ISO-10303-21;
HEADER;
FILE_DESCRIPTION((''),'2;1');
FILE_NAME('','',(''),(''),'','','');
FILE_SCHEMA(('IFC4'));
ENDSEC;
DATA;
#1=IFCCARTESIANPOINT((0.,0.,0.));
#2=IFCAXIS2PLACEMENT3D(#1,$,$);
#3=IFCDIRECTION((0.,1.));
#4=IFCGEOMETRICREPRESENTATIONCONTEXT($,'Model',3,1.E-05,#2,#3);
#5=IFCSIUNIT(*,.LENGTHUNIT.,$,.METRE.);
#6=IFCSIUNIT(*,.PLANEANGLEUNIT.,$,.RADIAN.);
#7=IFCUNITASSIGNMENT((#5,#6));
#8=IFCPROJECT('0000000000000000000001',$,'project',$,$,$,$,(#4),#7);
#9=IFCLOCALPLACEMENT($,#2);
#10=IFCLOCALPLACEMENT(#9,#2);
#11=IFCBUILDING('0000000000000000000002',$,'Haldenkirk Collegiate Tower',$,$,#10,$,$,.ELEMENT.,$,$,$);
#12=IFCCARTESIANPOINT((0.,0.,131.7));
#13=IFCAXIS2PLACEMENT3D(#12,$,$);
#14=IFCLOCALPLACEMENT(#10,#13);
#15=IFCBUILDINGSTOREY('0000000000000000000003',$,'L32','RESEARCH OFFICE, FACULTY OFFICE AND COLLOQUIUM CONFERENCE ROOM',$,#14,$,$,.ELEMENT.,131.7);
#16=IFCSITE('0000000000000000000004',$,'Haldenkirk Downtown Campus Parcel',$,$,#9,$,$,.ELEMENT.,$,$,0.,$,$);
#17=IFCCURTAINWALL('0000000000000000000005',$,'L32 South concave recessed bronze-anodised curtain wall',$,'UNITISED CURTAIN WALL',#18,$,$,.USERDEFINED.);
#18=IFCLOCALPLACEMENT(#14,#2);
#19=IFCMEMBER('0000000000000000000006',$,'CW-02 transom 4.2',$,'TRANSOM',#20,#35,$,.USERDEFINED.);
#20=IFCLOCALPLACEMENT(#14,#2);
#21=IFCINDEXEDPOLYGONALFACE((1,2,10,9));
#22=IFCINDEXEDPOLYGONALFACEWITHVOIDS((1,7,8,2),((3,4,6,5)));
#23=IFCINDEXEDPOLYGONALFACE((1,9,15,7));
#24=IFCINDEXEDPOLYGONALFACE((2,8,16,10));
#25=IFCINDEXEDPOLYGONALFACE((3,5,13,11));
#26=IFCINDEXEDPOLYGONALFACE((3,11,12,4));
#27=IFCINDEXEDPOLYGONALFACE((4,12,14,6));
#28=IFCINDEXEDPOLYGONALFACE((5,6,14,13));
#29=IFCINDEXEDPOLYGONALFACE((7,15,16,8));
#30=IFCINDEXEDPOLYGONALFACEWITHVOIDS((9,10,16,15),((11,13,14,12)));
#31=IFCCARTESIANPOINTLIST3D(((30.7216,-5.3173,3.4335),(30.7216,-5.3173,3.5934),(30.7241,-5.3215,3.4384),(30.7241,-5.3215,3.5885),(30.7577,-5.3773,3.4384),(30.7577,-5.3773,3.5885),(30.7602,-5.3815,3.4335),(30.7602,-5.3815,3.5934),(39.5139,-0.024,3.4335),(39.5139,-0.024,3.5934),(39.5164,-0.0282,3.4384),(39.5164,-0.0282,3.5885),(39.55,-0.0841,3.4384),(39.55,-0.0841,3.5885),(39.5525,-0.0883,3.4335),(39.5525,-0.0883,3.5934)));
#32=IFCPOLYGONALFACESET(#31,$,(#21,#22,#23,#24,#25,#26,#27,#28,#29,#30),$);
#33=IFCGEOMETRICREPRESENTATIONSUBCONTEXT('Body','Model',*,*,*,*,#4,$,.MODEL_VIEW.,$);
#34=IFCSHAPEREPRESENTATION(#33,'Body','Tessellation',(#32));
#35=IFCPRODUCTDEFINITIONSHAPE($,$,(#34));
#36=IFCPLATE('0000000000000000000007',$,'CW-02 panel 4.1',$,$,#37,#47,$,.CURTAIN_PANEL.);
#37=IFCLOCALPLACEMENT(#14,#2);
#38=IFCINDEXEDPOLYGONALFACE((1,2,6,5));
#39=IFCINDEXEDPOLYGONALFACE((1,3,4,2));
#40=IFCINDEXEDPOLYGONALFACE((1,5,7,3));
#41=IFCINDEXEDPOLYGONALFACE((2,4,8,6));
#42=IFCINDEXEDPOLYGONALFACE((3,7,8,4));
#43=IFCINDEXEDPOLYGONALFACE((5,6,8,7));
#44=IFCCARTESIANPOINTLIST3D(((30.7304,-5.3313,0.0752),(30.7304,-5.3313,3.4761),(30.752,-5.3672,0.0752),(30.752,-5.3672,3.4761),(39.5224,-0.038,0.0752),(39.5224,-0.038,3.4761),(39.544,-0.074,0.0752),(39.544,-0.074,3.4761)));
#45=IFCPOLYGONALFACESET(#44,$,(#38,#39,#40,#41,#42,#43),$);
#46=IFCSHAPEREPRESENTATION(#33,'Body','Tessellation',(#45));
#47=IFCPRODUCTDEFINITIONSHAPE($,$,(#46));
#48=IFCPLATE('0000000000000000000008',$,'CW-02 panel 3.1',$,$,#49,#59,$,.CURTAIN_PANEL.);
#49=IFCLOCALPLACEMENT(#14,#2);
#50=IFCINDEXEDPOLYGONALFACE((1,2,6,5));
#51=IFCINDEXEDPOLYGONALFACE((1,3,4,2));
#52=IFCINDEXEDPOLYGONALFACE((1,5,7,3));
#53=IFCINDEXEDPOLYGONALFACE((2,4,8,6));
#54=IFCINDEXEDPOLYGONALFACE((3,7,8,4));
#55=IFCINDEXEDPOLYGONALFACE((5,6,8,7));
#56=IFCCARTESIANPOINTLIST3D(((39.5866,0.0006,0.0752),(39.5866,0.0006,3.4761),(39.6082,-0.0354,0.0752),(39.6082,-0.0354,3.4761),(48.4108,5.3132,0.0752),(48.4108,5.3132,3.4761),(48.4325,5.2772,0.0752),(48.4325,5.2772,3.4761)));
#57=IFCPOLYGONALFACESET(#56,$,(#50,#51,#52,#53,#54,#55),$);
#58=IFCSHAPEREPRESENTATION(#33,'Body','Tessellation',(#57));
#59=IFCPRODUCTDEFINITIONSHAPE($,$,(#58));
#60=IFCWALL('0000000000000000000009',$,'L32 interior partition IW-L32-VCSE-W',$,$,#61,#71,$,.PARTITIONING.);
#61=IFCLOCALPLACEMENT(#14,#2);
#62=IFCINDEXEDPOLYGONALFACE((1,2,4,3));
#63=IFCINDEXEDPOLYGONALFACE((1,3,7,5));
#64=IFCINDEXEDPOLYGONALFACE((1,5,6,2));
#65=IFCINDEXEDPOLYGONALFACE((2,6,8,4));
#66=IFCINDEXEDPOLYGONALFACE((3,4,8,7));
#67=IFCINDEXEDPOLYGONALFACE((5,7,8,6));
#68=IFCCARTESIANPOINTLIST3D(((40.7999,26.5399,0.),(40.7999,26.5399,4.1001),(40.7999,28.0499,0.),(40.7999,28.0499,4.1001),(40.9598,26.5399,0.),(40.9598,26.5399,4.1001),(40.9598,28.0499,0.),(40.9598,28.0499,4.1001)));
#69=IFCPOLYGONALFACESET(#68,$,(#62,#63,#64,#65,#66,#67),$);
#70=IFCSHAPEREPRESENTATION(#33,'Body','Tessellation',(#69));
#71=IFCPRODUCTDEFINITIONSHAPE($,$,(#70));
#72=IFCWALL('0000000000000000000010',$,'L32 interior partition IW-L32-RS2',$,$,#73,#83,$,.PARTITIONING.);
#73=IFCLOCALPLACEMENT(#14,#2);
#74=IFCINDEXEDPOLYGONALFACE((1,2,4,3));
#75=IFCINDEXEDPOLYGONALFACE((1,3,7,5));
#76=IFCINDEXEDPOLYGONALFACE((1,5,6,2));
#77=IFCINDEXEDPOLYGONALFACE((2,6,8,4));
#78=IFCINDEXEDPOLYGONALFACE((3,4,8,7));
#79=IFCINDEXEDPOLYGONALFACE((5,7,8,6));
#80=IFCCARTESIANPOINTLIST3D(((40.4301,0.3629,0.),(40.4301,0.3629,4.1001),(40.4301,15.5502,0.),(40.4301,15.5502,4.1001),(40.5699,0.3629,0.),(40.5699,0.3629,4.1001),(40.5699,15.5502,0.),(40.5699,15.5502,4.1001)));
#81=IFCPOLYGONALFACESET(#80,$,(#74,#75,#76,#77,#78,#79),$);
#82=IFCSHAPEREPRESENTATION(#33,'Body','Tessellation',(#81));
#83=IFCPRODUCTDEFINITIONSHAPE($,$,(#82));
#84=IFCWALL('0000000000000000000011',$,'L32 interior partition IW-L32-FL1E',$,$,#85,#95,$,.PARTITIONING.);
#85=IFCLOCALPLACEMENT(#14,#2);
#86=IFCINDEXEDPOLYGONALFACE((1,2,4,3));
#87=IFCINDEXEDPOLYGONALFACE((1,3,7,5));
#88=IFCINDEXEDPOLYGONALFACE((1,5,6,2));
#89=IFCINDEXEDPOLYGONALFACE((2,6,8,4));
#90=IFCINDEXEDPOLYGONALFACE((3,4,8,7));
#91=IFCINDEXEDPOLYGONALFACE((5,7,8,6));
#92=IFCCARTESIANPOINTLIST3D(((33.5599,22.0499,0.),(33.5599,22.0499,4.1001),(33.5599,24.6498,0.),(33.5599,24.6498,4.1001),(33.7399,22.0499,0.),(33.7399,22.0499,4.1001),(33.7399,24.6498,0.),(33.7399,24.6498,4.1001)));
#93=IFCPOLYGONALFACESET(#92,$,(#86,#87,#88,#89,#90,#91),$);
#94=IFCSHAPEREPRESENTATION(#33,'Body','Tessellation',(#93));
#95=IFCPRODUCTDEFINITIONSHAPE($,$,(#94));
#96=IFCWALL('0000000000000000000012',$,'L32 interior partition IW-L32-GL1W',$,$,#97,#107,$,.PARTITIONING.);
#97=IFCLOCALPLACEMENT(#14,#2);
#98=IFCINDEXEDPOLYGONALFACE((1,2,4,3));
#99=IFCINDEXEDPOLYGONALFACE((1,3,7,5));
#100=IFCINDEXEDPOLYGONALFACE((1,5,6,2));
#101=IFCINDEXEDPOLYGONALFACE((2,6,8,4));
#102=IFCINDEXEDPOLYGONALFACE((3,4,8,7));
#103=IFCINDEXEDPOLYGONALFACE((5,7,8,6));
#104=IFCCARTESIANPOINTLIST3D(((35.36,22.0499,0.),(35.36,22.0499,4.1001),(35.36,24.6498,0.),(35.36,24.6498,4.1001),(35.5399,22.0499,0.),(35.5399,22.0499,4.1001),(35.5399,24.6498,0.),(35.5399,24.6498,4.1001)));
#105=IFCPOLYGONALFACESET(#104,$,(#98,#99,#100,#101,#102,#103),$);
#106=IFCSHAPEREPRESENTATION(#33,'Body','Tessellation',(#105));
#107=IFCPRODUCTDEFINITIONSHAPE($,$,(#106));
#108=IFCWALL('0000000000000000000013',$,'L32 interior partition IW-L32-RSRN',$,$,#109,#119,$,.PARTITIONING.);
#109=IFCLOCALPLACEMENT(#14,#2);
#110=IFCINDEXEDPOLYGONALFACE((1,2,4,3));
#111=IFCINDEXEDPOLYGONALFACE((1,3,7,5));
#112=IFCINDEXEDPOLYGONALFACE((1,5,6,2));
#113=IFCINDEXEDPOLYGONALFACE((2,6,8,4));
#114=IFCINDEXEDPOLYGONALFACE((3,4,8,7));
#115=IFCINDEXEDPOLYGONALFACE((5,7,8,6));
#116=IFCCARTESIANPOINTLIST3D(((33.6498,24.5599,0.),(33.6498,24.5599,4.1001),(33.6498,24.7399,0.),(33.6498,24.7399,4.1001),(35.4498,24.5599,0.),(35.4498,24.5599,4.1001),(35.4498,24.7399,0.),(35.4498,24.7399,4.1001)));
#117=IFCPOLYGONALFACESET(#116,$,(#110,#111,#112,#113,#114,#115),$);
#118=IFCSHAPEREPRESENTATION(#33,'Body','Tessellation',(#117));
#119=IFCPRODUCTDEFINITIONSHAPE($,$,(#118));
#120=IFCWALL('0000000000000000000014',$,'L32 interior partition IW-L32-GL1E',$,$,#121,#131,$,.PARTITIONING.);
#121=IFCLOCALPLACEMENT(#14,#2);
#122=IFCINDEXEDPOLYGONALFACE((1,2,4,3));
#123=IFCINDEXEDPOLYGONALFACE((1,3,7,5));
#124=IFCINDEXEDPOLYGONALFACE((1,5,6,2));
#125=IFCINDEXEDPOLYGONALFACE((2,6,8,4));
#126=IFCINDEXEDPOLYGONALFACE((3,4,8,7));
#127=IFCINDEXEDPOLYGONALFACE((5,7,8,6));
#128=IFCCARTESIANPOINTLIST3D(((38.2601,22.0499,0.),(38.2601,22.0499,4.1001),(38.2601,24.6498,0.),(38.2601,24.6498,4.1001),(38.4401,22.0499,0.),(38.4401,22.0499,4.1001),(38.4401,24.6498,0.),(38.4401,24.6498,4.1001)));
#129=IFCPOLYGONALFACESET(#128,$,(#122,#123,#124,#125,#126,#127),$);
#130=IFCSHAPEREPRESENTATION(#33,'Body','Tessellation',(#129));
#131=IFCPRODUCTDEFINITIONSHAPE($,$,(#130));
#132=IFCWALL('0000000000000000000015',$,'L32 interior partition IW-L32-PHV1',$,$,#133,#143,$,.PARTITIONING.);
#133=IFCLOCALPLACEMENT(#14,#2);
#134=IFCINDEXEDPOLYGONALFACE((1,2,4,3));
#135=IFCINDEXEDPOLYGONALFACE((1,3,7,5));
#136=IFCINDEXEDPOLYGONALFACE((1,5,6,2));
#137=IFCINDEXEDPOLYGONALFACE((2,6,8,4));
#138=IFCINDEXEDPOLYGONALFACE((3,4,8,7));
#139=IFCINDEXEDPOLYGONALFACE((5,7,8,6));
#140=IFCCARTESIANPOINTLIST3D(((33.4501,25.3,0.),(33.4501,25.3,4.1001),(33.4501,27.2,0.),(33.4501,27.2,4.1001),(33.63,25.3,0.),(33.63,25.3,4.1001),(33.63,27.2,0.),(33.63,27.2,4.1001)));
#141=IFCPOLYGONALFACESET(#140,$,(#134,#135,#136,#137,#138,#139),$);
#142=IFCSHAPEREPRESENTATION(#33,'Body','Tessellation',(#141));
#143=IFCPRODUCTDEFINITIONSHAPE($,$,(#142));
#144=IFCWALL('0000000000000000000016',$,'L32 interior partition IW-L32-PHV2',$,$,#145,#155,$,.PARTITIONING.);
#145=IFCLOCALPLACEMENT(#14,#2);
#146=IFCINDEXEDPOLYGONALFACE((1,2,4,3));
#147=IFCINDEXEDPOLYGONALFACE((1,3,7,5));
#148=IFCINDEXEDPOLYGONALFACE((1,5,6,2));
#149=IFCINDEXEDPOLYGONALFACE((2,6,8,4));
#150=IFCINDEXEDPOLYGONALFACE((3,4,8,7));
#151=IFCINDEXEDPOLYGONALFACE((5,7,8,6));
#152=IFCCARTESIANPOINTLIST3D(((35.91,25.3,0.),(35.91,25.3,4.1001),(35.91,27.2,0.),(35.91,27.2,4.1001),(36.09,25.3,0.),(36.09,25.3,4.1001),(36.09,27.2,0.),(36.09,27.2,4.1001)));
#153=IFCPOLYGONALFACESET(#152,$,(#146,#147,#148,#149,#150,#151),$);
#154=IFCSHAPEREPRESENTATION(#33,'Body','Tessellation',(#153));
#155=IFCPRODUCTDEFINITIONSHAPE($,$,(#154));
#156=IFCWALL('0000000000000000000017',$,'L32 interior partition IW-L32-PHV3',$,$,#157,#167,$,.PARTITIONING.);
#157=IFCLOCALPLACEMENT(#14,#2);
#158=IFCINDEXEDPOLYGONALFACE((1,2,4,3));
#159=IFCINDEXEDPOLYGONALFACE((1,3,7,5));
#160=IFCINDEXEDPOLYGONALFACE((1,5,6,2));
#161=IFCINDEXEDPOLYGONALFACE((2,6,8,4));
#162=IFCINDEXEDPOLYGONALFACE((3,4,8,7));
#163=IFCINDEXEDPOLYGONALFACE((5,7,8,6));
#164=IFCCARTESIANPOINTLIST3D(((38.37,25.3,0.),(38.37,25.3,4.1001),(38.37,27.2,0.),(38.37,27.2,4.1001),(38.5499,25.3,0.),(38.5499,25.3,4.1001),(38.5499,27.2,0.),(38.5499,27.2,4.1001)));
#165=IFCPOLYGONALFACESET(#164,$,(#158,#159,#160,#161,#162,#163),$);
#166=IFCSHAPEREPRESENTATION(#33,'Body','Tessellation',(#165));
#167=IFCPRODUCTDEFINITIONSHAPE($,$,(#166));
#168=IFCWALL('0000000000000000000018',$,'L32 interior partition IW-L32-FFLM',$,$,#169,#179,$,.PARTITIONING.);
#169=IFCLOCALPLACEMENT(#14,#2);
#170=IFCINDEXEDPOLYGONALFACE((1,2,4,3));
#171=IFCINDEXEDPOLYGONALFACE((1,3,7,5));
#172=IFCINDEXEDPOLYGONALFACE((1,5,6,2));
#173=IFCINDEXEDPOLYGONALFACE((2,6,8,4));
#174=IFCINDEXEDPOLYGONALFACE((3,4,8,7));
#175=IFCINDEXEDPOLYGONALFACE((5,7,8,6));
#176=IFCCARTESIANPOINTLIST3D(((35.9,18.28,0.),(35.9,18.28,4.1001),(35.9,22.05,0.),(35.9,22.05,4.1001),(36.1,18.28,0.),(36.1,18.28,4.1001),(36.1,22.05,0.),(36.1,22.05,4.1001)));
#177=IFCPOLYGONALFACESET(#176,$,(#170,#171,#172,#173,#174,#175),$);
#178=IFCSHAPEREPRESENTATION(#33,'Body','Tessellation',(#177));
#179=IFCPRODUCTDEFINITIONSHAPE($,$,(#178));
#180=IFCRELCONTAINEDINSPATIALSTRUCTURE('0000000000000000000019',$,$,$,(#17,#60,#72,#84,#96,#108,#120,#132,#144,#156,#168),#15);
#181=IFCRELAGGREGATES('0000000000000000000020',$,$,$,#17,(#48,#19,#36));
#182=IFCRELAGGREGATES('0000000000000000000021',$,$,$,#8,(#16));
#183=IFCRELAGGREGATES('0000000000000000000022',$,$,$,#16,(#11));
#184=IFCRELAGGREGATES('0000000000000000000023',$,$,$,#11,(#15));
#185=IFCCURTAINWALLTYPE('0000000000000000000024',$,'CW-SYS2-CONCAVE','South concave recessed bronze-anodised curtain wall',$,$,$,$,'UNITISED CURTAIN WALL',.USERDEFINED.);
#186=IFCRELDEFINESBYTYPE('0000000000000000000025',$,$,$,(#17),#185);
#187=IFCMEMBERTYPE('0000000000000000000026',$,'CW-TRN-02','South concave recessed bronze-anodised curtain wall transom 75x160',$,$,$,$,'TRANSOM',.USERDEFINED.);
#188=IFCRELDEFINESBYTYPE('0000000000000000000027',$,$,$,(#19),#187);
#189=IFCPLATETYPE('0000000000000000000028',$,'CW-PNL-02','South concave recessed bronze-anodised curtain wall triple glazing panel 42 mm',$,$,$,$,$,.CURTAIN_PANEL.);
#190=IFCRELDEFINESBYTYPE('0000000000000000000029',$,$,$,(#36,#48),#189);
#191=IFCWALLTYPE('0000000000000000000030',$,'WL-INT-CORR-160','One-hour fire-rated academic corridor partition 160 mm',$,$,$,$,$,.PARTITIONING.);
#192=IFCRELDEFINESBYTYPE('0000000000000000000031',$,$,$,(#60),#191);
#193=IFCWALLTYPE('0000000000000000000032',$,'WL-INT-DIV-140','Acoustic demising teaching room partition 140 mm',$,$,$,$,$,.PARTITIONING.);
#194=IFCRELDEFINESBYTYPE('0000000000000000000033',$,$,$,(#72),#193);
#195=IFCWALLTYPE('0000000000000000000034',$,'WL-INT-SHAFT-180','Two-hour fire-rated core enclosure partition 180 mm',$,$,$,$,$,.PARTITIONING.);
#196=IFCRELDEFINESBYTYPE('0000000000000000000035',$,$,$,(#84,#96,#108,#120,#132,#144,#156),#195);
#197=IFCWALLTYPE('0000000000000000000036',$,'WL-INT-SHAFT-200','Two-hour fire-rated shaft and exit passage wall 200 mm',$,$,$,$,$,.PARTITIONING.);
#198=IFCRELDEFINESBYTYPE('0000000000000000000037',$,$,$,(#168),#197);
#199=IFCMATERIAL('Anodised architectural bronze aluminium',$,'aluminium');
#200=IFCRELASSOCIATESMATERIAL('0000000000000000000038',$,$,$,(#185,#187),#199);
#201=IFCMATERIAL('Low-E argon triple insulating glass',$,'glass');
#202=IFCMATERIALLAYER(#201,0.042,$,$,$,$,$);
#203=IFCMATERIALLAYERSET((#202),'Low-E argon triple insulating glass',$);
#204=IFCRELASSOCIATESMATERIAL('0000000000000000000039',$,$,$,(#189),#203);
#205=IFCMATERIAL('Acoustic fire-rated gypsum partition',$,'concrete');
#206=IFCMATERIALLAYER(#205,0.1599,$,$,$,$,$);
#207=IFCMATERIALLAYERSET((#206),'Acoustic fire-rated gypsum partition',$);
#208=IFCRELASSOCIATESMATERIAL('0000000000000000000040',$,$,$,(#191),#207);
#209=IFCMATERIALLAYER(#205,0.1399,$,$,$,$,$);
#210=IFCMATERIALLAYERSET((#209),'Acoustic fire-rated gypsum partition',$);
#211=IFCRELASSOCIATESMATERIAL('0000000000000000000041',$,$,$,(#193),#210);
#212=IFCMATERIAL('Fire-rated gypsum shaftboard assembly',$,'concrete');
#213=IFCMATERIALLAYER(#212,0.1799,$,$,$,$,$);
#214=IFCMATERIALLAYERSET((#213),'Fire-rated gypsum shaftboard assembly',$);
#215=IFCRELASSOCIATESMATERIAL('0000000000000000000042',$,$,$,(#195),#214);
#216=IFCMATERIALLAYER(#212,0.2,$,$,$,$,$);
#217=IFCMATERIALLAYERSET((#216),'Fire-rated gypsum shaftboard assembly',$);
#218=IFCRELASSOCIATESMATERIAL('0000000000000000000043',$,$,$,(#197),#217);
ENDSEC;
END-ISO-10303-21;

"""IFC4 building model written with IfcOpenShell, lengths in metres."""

from ifc_helpers import new_model, si_unit, direction, frame, frame_2d, origin, origin_2d, place, context, subcontext, project, spatial, rectangle, hollow_rectangle, extrude, source, transform, mapped, material, layer, layer_set, material_profile, profile_set, type_object, element, aggregate, save


model = new_model("IFC4")

# Units and contexts
model_context = context("Model", 3, precision=1e-05, world=origin(), true_north=direction((0.0, 1.0)))
body_context = subcontext(model_context, "Body", "Model", "MODEL_VIEW")
ifc_project = project(units=[si_unit("LENGTHUNIT", "METRE"), si_unit("PLANEANGLEUNIT", "RADIAN")], contexts=[model_context])

# Site, building, storey
site_placement = place(None, origin())
site = spatial("IfcSite", under=ifc_project, at=site_placement, Name="Haldenkirk Downtown Campus Parcel", CompositionType="ELEMENT", RefElevation=0.0)
building_placement = place(site_placement, origin())
building = spatial("IfcBuilding", under=site, at=building_placement, Name="Haldenkirk Collegiate Tower", CompositionType="ELEMENT")
storey_placement = place(building_placement, frame((0.0, 0.0, 131.7)))
storey = spatial("IfcBuildingStorey", under=building, at=storey_placement, Name="L32", Description="RESEARCH OFFICE, FACULTY OFFICE AND COLLOQUIUM CONFERENCE ROOM", CompositionType="ELEMENT", Elevation=131.7)

# Curtain wall, member, plates
ifc_material_1 = material(Name="Anodised architectural bronze aluminium", Category="aluminium")
curtain_wall_type = type_object("IfcCurtainWallType", Name="CW-SYS2-CONCAVE", Description="South concave recessed bronze-anodised curtain wall", ElementType="UNITISED CURTAIN WALL", PredefinedType="USERDEFINED", material=ifc_material_1)
curtain_wall_placement = place(storey_placement, origin())
curtain_wall = element("IfcCurtainWall", 1, at=curtain_wall_placement, inside=storey, type_object=curtain_wall_type, Name="L32 South concave recessed bronze-anodised curtain wall", ObjectType="UNITISED CURTAIN WALL", PredefinedType="USERDEFINED")
ifc_material_profile_1 = material_profile(ifc_material_1, hollow_rectangle(XDim=0.075, YDim=0.1599, WallThickness=0.0049, at=origin_2d()), Name="CW-TRN-02")
ifc_profile_set_1 = profile_set([ifc_material_profile_1], Name="Anodised architectural bronze aluminium")
member_type_1 = type_object("IfcMemberType", Name="CW-TRN-02", Description="South concave recessed bronze-anodised curtain wall transom 75x160", ElementType="TRANSOM", PredefinedType="USERDEFINED", material=ifc_profile_set_1)
member_1_placement = place(storey_placement, frame((39.5332, -0.0562, 3.5134), z_axis=(-0.856724, -0.515776, 0.0), x_axis=(0.515776, -0.856724, 0.0)))
member_1 = element("IfcMember", 2, at=member_1_placement, type_object=member_type_1, Name="CW-02 transom 4.2", ObjectType="TRANSOM", PredefinedType="USERDEFINED", context=body_context, shape_type="SweptSolid", body=[
    extrude(hollow_rectangle(XDim=0.075, YDim=0.1599, WallThickness=0.0049, at=origin_2d()), origin(), (0.0, 0.0, 1.0), 10.2627),
])
ifc_material_2 = material(Name="Low-E argon triple insulating glass", Category="glass")
ifc_layer_1 = layer(ifc_material_2, 0.042)
ifc_layer_set_1 = layer_set([ifc_layer_1], Name="Low-E argon triple insulating glass")
plate_type = type_object("IfcPlateType", Name="CW-PNL-02", Description="South concave recessed bronze-anodised curtain wall triple glazing panel 42 mm", PredefinedType="CURTAIN_PANEL", material=ifc_layer_set_1)
shared_shape_1 = source(origin(), body_context, "Body", "SweptSolid", [
    extrude(rectangle(XDim=10.2625, YDim=0.042, at=origin_2d()), origin(), (0.0, 0.0, 1.0), 3.4009),
])
plate_1_placement = place(storey_placement, frame((35.1372, -2.7026, 0.0752), z_axis=(0.0, 0.0, 1.0), x_axis=(-0.856718, -0.515785, 0.0)))
plate_1 = element("IfcPlate", 3, at=plate_1_placement, type_object=plate_type, Name="CW-02 panel 4.1", PredefinedType="CURTAIN_PANEL", context=body_context, shape_type="MappedRepresentation", body=[
    mapped(shared_shape_1, transform((0.0, 0.0, 0.0), x_axis=(1.0, 0.0, 0.0), y_axis=(0.0, 1.0, 0.0), z_axis=(0.0, 0.0, 1.0), scale=1.0)),
])
shared_shape_2 = source(origin(), body_context, "Body", "SweptSolid", [
    extrude(rectangle(XDim=10.3, YDim=0.042, at=origin_2d()), origin(), (0.0, 0.0, 1.0), 3.4009),
])
plate_2_placement = place(storey_placement, frame((44.0095, 2.6389, 0.0752), z_axis=(0.0, 0.0, 1.0), x_axis=(-0.856718, -0.515785, 0.0)))
plate_2 = element("IfcPlate", 4, at=plate_2_placement, type_object=plate_type, Name="CW-02 panel 3.1", PredefinedType="CURTAIN_PANEL", context=body_context, shape_type="MappedRepresentation", body=[
    mapped(shared_shape_2, transform((0.0, 0.0, 0.0), x_axis=(1.0, 0.0, 0.0), y_axis=(0.0, 1.0, 0.0), z_axis=(0.0, 0.0, 1.0), scale=1.0)),
])
aggregate(curtain_wall, [plate_2, member_1, plate_1])

# Walls
ifc_material_3 = material(Name="Acoustic fire-rated gypsum partition", Category="concrete")
ifc_layer_2 = layer(ifc_material_3, 0.1599)
ifc_layer_set_2 = layer_set([ifc_layer_2], Name="Acoustic fire-rated gypsum partition")
wall_type_1 = type_object("IfcWallType", Name="WL-INT-CORR-160", Description="One-hour fire-rated academic corridor partition 160 mm", PredefinedType="PARTITIONING", material=ifc_layer_set_2)
wall_1_placement = place(storey_placement, frame((40.8799, 26.54, 0.0), z_axis=(0.0, 0.0, 1.0), x_axis=(0.0, 1.0, 0.0)))
element("IfcWall", 5, at=wall_1_placement, inside=storey, type_object=wall_type_1, Name="L32 interior partition IW-L32-VCSE-W", PredefinedType="PARTITIONING", context=body_context, shape_type="SweptSolid", body=[
    extrude(rectangle(XDim=1.51, YDim=0.1599, at=frame_2d((0.7549, 0.0))), origin(), (0.0, 0.0, 1.0), 4.1001),
])
ifc_layer_3 = layer(ifc_material_3, 0.1399)
ifc_layer_set_3 = layer_set([ifc_layer_3], Name="Acoustic fire-rated gypsum partition")
wall_type_2 = type_object("IfcWallType", Name="WL-INT-DIV-140", Description="Acoustic demising teaching room partition 140 mm", PredefinedType="PARTITIONING", material=ifc_layer_set_3)
wall_2_placement = place(storey_placement, frame((40.5, 0.3628, 0.0), z_axis=(0.0, 0.0, 1.0), x_axis=(0.0, 1.0, 0.0)))
element("IfcWall", 6, at=wall_2_placement, inside=storey, type_object=wall_type_2, Name="L32 interior partition IW-L32-RS2", PredefinedType="PARTITIONING", context=body_context, shape_type="SweptSolid", body=[
    extrude(rectangle(XDim=15.1873, YDim=0.1399, at=frame_2d((7.5938, 0.0))), origin(), (0.0, 0.0, 1.0), 4.1001),
])
ifc_material_4 = material(Name="Fire-rated gypsum shaftboard assembly", Category="concrete")
ifc_layer_4 = layer(ifc_material_4, 0.1799)
ifc_layer_set_4 = layer_set([ifc_layer_4], Name="Fire-rated gypsum shaftboard assembly")
wall_type_3 = type_object("IfcWallType", Name="WL-INT-SHAFT-180", Description="Two-hour fire-rated core enclosure partition 180 mm", PredefinedType="PARTITIONING", material=ifc_layer_set_4)
for number, where, z_axis, x_axis, name in (
    (7, (33.6499, 22.05, 0.0), (0.0, 0.0, 1.0), (0.0, 1.0, 0.0), "L32 interior partition IW-L32-FL1E"),
    (8, (35.45, 22.05, 0.0), (0.0, 0.0, 1.0), (0.0, 1.0, 0.0), "L32 interior partition IW-L32-GL1W"),
):
    element("IfcWall", number, at=place(storey_placement, frame(where, z_axis=z_axis, x_axis=x_axis)), inside=storey, type_object=wall_type_3, Name=name, PredefinedType="PARTITIONING", context=body_context, shape_type="SweptSolid", body=[
        extrude(rectangle(XDim=2.5999, YDim=0.1799, at=frame_2d((1.2998, 0.0))), origin(), (0.0, 0.0, 1.0), 4.1001),
    ])
wall_3_placement = place(storey_placement, frame((33.6499, 24.6499, 0.0), z_axis=(0.0, 0.0, 1.0), x_axis=(1.0, 0.0, 0.0)))
element("IfcWall", 9, at=wall_3_placement, inside=storey, type_object=wall_type_3, Name="L32 interior partition IW-L32-RSRN", PredefinedType="PARTITIONING", context=body_context, shape_type="SweptSolid", body=[
    extrude(rectangle(XDim=1.8, YDim=0.1799, at=frame_2d((0.8999, 0.0))), origin(), (0.0, 0.0, 1.0), 4.1001),
])
wall_4_placement = place(storey_placement, frame((38.3501, 22.05, 0.0), z_axis=(0.0, 0.0, 1.0), x_axis=(0.0, 1.0, 0.0)))
element("IfcWall", 10, at=wall_4_placement, inside=storey, type_object=wall_type_3, Name="L32 interior partition IW-L32-GL1E", PredefinedType="PARTITIONING", context=body_context, shape_type="SweptSolid", body=[
    extrude(rectangle(XDim=2.5999, YDim=0.1799, at=frame_2d((1.2998, 0.0))), origin(), (0.0, 0.0, 1.0), 4.1001),
])
for number, where, z_axis, x_axis, name in (
    (11, (33.54, 25.3, 0.0), (0.0, 0.0, 1.0), (0.0, 1.0, 0.0), "L32 interior partition IW-L32-PHV1"),
    (12, (36.0, 25.3, 0.0), (0.0, 0.0, 1.0), (0.0, 1.0, 0.0), "L32 interior partition IW-L32-PHV2"),
    (13, (38.46, 25.3, 0.0), (0.0, 0.0, 1.0), (0.0, 1.0, 0.0), "L32 interior partition IW-L32-PHV3"),
):
    element("IfcWall", number, at=place(storey_placement, frame(where, z_axis=z_axis, x_axis=x_axis)), inside=storey, type_object=wall_type_3, Name=name, PredefinedType="PARTITIONING", context=body_context, shape_type="SweptSolid", body=[
        extrude(rectangle(XDim=1.8999, YDim=0.1799, at=frame_2d((0.95, 0.0))), origin(), (0.0, 0.0, 1.0), 4.1001),
    ])
ifc_layer_5 = layer(ifc_material_4, 0.2)
ifc_layer_set_5 = layer_set([ifc_layer_5], Name="Fire-rated gypsum shaftboard assembly")
wall_type_4 = type_object("IfcWallType", Name="WL-INT-SHAFT-200", Description="Two-hour fire-rated shaft and exit passage wall 200 mm", PredefinedType="PARTITIONING", material=ifc_layer_set_5)
wall_5_placement = place(storey_placement, frame((36.0, 18.28, 0.0), z_axis=(0.0, 0.0, 1.0), x_axis=(0.0, 1.0, 0.0)))
element("IfcWall", 14, at=wall_5_placement, inside=storey, type_object=wall_type_4, Name="L32 interior partition IW-L32-FFLM", PredefinedType="PARTITIONING", context=body_context, shape_type="SweptSolid", body=[
    extrude(rectangle(XDim=3.77, YDim=0.2, at=frame_2d((1.885, 0.0))), origin(), (0.0, 0.0, 1.0), 4.1001),
])

save(model, "model.ifc")
